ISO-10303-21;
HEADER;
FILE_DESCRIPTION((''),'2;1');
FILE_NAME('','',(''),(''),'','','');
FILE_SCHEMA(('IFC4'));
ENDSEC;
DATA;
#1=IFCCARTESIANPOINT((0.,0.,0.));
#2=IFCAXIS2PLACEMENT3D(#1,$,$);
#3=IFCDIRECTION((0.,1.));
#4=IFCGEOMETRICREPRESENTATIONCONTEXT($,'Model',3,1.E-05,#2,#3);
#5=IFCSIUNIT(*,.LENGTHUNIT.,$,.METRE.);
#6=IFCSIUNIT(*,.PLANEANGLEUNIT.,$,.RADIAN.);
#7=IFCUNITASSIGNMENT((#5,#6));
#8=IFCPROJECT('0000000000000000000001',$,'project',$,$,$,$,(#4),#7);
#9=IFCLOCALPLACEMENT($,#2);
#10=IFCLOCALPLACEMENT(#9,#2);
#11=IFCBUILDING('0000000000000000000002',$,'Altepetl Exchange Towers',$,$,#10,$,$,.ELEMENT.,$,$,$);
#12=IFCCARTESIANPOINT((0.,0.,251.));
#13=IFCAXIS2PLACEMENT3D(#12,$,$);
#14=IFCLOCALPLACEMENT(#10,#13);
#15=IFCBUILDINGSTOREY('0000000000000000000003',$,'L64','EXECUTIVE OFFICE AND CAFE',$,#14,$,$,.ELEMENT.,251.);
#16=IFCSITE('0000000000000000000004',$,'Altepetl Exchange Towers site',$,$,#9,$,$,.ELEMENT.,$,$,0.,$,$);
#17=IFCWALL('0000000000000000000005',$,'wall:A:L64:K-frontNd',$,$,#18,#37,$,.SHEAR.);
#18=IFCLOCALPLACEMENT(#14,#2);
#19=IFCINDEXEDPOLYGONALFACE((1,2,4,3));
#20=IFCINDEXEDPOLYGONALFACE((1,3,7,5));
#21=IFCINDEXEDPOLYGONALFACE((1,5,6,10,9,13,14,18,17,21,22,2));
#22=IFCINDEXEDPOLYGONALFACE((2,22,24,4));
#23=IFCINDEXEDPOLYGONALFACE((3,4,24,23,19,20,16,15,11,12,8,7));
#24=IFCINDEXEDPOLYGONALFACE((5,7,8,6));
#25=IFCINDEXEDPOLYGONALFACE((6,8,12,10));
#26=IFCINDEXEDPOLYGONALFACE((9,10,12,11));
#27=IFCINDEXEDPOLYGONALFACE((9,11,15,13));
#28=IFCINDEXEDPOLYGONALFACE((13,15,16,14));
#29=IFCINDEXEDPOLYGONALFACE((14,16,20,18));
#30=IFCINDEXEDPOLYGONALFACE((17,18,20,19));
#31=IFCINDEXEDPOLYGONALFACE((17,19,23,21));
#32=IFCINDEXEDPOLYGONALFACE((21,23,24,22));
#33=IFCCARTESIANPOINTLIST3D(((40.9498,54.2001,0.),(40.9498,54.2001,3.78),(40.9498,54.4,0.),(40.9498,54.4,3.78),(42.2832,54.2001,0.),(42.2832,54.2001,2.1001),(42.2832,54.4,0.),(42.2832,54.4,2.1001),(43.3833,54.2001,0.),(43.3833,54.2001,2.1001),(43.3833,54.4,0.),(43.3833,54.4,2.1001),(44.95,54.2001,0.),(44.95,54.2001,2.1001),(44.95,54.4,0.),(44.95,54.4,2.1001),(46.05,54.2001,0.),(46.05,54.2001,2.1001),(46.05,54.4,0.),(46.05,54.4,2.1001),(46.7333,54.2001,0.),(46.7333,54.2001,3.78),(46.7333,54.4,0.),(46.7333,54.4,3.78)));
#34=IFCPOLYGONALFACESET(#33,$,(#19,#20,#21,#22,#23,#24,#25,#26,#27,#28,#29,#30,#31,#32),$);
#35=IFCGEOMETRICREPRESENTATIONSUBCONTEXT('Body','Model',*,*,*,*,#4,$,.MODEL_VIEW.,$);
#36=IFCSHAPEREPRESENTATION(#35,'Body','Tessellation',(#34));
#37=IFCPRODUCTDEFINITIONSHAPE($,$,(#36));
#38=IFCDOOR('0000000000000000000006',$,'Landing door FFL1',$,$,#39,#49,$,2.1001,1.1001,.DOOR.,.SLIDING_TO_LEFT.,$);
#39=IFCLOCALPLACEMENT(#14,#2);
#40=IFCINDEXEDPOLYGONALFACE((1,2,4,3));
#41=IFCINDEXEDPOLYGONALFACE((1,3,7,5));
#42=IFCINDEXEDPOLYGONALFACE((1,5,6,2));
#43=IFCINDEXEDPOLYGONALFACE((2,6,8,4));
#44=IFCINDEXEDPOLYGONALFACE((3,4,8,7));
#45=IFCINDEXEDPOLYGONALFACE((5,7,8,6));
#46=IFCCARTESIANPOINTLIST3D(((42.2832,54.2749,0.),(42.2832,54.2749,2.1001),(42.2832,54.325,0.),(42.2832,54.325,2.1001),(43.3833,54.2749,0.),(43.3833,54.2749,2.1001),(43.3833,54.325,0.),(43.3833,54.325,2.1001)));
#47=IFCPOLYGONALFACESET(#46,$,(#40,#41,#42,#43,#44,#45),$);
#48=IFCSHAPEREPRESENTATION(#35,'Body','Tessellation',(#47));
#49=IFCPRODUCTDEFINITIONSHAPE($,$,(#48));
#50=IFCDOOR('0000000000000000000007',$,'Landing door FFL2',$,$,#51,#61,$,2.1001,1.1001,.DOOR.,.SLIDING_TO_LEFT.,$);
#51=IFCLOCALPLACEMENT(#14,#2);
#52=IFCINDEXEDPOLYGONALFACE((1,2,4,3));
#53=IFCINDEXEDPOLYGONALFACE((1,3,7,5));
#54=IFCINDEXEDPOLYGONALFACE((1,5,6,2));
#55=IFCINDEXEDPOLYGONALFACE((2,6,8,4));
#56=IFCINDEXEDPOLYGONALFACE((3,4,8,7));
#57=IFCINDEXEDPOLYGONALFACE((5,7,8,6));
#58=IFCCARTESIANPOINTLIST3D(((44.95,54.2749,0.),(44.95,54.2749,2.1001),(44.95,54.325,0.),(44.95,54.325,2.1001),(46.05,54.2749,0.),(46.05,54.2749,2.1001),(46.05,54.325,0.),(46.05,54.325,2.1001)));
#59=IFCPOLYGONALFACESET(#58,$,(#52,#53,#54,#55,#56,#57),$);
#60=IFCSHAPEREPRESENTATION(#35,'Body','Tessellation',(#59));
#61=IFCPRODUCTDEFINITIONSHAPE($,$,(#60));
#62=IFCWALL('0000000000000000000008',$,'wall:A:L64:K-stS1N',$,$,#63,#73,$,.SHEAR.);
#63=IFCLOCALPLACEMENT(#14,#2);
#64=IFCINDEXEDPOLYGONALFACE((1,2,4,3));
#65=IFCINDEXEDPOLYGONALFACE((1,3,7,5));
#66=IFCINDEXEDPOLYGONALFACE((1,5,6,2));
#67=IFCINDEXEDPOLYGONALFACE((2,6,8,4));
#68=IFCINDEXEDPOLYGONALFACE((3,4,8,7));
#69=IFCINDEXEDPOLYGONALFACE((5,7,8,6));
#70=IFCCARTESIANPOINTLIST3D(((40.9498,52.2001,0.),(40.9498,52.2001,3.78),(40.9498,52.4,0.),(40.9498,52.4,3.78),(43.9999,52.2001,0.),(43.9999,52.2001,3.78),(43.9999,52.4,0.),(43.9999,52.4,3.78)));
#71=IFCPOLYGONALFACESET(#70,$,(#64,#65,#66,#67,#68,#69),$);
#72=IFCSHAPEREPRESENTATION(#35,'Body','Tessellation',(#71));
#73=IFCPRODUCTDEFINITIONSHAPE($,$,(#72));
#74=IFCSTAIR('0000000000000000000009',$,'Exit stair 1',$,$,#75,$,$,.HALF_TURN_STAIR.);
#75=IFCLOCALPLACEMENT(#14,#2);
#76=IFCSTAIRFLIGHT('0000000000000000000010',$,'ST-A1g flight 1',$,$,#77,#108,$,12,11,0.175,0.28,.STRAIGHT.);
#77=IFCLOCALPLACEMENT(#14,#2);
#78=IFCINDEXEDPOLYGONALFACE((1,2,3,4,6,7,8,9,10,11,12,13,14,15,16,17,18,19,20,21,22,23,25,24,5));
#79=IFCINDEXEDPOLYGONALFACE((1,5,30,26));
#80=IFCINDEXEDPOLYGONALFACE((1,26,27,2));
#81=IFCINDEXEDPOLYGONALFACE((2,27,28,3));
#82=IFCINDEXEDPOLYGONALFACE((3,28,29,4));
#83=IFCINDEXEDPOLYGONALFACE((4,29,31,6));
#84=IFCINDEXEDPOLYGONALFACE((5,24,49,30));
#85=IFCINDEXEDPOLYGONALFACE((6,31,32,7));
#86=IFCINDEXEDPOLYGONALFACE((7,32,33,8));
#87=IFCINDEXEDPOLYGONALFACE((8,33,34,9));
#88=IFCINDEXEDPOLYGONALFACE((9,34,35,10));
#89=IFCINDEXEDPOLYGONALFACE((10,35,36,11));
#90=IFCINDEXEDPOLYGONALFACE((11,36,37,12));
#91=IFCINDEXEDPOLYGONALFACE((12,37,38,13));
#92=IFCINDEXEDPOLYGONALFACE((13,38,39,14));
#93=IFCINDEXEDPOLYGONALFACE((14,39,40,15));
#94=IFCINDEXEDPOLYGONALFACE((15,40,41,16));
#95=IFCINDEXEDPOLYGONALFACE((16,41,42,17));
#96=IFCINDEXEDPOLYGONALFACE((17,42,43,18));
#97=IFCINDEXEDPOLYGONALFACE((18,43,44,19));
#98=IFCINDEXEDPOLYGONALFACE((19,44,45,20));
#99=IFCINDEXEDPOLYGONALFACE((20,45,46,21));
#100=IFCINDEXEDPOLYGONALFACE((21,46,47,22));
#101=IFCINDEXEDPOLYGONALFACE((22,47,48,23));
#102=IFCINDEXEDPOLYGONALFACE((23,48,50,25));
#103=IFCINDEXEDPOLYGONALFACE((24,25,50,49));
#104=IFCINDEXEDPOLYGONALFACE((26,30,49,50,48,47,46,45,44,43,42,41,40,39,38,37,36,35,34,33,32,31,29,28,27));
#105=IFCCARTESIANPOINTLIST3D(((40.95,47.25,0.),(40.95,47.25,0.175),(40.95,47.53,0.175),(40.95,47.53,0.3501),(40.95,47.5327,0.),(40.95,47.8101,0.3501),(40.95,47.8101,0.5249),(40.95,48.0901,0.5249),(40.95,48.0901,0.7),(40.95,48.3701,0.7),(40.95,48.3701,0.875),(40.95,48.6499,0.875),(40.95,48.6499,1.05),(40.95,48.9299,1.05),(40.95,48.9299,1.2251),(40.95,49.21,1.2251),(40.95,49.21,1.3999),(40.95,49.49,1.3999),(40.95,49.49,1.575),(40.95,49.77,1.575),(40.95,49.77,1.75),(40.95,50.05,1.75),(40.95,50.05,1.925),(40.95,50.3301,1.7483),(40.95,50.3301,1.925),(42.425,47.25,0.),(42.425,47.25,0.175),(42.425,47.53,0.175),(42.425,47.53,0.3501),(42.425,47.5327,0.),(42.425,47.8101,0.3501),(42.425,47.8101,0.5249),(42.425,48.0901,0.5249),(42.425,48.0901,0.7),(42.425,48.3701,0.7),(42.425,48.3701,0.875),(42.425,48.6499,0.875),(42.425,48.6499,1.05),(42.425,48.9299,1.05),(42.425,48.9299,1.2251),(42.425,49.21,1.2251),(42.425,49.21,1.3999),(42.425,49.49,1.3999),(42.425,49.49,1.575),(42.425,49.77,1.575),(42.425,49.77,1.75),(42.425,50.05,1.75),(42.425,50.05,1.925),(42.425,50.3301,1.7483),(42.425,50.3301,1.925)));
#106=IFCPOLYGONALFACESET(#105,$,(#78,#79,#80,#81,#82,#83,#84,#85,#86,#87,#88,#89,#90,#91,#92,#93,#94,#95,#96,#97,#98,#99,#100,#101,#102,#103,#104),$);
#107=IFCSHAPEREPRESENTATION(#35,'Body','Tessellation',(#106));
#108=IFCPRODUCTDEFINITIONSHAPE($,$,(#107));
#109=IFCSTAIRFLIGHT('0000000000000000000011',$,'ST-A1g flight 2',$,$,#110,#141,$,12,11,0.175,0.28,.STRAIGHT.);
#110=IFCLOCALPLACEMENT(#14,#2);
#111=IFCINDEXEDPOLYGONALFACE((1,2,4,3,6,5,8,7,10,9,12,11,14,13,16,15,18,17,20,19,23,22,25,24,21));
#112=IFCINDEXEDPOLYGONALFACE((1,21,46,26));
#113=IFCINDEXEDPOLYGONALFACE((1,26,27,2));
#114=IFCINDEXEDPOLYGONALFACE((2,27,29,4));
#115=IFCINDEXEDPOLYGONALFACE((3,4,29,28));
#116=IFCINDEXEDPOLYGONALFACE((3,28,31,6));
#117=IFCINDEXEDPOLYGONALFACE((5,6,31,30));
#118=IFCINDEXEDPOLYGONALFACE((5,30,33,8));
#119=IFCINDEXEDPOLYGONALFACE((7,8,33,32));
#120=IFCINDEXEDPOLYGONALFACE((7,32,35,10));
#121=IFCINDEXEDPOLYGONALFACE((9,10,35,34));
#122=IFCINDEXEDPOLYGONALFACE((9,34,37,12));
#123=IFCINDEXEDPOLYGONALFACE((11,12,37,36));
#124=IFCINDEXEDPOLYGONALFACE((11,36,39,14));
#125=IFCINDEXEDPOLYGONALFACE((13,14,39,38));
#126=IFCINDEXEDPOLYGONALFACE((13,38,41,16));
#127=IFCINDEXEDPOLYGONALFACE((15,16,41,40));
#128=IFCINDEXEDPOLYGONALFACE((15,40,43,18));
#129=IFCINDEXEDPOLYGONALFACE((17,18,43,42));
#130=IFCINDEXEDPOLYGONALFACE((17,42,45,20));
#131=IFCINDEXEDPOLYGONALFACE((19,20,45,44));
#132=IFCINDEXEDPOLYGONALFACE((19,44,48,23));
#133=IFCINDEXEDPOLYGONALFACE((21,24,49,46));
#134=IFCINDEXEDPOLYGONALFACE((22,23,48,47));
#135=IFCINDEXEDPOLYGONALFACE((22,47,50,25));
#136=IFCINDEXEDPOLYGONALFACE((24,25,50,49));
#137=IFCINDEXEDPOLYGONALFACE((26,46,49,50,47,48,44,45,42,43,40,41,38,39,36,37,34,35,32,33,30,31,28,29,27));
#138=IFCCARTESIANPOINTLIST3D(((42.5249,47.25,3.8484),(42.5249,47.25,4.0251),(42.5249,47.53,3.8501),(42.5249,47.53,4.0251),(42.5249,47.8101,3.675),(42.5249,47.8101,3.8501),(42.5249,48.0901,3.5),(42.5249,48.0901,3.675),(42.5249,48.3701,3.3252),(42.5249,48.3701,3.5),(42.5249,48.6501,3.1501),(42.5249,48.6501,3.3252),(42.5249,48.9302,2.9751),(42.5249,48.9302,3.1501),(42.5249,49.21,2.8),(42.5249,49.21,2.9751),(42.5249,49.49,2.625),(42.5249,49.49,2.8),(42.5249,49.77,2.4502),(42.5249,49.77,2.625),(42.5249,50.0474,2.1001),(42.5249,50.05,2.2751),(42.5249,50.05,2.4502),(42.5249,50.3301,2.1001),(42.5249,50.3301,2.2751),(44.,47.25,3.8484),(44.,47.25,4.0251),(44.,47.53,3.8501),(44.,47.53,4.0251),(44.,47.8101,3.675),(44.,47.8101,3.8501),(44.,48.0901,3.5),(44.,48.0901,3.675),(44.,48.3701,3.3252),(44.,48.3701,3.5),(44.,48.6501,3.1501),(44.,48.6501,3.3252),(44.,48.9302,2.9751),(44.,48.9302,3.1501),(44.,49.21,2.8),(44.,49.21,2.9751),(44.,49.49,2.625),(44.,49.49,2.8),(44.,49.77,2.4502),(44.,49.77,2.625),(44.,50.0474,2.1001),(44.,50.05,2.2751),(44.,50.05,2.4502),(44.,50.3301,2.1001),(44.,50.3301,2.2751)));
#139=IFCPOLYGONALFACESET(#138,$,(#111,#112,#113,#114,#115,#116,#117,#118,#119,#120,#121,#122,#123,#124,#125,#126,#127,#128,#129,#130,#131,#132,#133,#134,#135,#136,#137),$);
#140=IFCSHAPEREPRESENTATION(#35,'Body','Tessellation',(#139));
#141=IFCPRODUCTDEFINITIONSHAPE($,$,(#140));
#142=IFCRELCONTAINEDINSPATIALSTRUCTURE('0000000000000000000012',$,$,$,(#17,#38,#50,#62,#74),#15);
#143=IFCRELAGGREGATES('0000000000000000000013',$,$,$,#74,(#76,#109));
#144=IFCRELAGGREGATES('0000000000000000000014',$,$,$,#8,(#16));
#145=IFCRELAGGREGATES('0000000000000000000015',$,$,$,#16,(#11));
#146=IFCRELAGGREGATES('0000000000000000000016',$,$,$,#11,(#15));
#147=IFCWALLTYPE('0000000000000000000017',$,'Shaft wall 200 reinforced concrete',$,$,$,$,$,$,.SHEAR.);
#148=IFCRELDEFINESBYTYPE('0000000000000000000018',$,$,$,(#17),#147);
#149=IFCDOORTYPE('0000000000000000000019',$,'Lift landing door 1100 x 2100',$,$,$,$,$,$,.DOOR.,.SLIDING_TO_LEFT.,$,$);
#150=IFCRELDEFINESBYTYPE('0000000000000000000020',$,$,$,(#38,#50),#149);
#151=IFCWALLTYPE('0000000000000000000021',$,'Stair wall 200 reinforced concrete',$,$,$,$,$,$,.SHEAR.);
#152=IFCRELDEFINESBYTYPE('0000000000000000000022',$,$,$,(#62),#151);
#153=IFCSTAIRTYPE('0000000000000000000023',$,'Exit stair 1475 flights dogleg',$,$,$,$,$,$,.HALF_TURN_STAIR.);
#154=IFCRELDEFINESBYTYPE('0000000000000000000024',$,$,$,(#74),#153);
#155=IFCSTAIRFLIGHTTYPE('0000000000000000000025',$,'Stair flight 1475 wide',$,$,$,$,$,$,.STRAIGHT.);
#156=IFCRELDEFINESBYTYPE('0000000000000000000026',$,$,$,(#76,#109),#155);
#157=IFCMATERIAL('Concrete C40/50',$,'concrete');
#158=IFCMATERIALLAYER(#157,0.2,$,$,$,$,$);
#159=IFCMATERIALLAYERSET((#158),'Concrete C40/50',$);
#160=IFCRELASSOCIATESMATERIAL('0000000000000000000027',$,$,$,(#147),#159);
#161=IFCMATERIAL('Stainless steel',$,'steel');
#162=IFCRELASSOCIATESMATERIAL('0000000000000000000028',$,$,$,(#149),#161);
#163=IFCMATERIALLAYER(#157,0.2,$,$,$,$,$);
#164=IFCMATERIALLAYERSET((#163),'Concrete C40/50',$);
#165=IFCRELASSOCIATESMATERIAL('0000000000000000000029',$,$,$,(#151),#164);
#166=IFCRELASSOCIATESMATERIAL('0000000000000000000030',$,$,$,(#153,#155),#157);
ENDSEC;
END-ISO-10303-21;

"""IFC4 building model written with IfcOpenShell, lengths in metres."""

from ifc_helpers import new_model, si_unit, direction, frame, frame_2d, origin, place, context, subcontext, project, spatial, polyline, rectangle, outline, extrude, material, layer, layer_set, type_object, element, fill, aggregate, save


model = new_model("IFC4")

# Units and contexts
model_context = context("Model", 3, precision=1e-05, world=origin(), true_north=direction((0.0, 1.0)))
body_context = subcontext(model_context, "Body", "Model", "MODEL_VIEW")
ifc_project = project(units=[si_unit("LENGTHUNIT", "METRE"), si_unit("PLANEANGLEUNIT", "RADIAN")], contexts=[model_context])

# Site, building, storey
site_placement = place(None, origin())
site = spatial("IfcSite", under=ifc_project, at=site_placement, Name="Altepetl Exchange Towers site", CompositionType="ELEMENT", RefElevation=0.0)
building_placement = place(site_placement, origin())
building = spatial("IfcBuilding", under=site, at=building_placement, Name="Altepetl Exchange Towers", CompositionType="ELEMENT")
storey_placement = place(building_placement, frame((0.0, 0.0, 251.0)))
storey = spatial("IfcBuildingStorey", under=building, at=storey_placement, Name="L64", Description="EXECUTIVE OFFICE AND CAFE", CompositionType="ELEMENT", Elevation=251.0)

# Wall, openings, doors
ifc_material_1 = material(Name="Concrete C40/50", Category="concrete")
ifc_layer_1 = layer(ifc_material_1, 0.2)
ifc_layer_set_1 = layer_set([ifc_layer_1], Name="Concrete C40/50")
wall_type_1 = type_object("IfcWallType", Name="Shaft wall 200 reinforced concrete", PredefinedType="SHEAR", material=ifc_layer_set_1)
wall_1_placement = place(storey_placement, frame((40.95, 54.3, 0.0)))
wall_1 = element("IfcWall", 1, at=wall_1_placement, inside=storey, type_object=wall_type_1, Name="wall:A:L64:K-frontNd", PredefinedType="SHEAR", context=body_context, shape_type="SweptSolid", body=[
    extrude(rectangle(XDim=5.7834, YDim=0.2, at=frame_2d((2.8916, 0.0))), origin(), (0.0, 0.0, 1.0), 3.78),
])
opening_1_placement = place(wall_1_placement, frame((1.3333, 0.0, 0.0)))
opening_1 = element("IfcOpeningElement", 2, at=opening_1_placement, cuts=wall_1, PredefinedType="OPENING", context=body_context, shape_type="SweptSolid", body=[
    extrude(rectangle(XDim=1.1001, YDim=2.1001, at=frame_2d((0.55, 1.05))), frame((0.0, 0.1099, 0.0), z_axis=(0.0, -1.0, 0.0), x_axis=(1.0, 0.0, 0.0)), (0.0, 0.0, 1.0), 0.22),
])
opening_2_placement = place(wall_1_placement, frame((4.0, 0.0, 0.0)))
opening_2 = element("IfcOpeningElement", 3, at=opening_2_placement, cuts=wall_1, PredefinedType="OPENING", context=body_context, shape_type="SweptSolid", body=[
    extrude(rectangle(XDim=1.1001, YDim=2.1001, at=frame_2d((0.55, 1.05))), frame((0.0, 0.1099, 0.0), z_axis=(0.0, -1.0, 0.0), x_axis=(1.0, 0.0, 0.0)), (0.0, 0.0, 1.0), 0.22),
])
ifc_material_2 = material(Name="Stainless steel", Category="steel")
door_type_1 = type_object("IfcDoorType", Name="Lift landing door 1100 x 2100", OperationType="SLIDING_TO_LEFT", PredefinedType="DOOR", material=ifc_material_2)
door_1_placement = place(opening_1_placement, origin())
door_1 = element("IfcDoor", 4, at=door_1_placement, inside=storey, type_object=door_type_1, Name="Landing door FFL1", OperationType="SLIDING_TO_LEFT", OverallHeight=2.1001, OverallWidth=1.1001, PredefinedType="DOOR", context=body_context, shape_type="SweptSolid", body=[
    extrude(rectangle(XDim=1.1001, YDim=2.1001, at=frame_2d((0.55, 1.05))), frame((0.0, 0.0249, 0.0), z_axis=(0.0, -1.0, 0.0), x_axis=(1.0, 0.0, 0.0)), (0.0, 0.0, 1.0), 0.05),
])
fill(opening_1, door_1)
door_2_placement = place(opening_2_placement, origin())
door_2 = element("IfcDoor", 5, at=door_2_placement, inside=storey, type_object=door_type_1, Name="Landing door FFL2", OperationType="SLIDING_TO_LEFT", OverallHeight=2.1001, OverallWidth=1.1001, PredefinedType="DOOR", context=body_context, shape_type="SweptSolid", body=[
    extrude(rectangle(XDim=1.1001, YDim=2.1001, at=frame_2d((0.55, 1.05))), frame((0.0, 0.0249, 0.0), z_axis=(0.0, -1.0, 0.0), x_axis=(1.0, 0.0, 0.0)), (0.0, 0.0, 1.0), 0.05),
])
fill(opening_2, door_2)

# Wall
ifc_layer_2 = layer(ifc_material_1, 0.2)
ifc_layer_set_2 = layer_set([ifc_layer_2], Name="Concrete C40/50")
wall_type_2 = type_object("IfcWallType", Name="Stair wall 200 reinforced concrete", PredefinedType="SHEAR", material=ifc_layer_set_2)
wall_2_placement = place(storey_placement, frame((40.95, 52.3, 0.0)))
element("IfcWall", 6, at=wall_2_placement, inside=storey, type_object=wall_type_2, Name="wall:A:L64:K-stS1N", PredefinedType="SHEAR", context=body_context, shape_type="SweptSolid", body=[
    extrude(rectangle(XDim=3.05, YDim=0.2, at=frame_2d((1.5249, 0.0))), origin(), (0.0, 0.0, 1.0), 3.78),
])

# Stair, stair flights
stair_type = type_object("IfcStairType", Name="Exit stair 1475 flights dogleg", PredefinedType="HALF_TURN_STAIR", material=ifc_material_1)
stair_placement = place(storey_placement, origin())
stair = element("IfcStair", 7, at=stair_placement, inside=storey, type_object=stair_type, Name="Exit stair 1", PredefinedType="HALF_TURN_STAIR")
stair_flight_type = type_object("IfcStairFlightType", Name="Stair flight 1475 wide", PredefinedType="STRAIGHT", material=ifc_material_1)
stair_flight_1_placement = place(storey_placement, frame((41.6875, 47.25, 0.0), z_axis=(0.0, 0.0, 1.0), x_axis=(0.0, 1.0, 0.0)))
stair_flight_1 = element("IfcStairFlight", 8, at=stair_flight_1_placement, type_object=stair_flight_type, Name="ST-A1g flight 1", NumberOfRisers=12, NumberOfTreads=11, PredefinedType="STRAIGHT", RiserHeight=0.175, TreadLength=0.28, context=body_context, shape_type="SweptSolid", body=[
    extrude(outline(polyline([(0.0, 0.0), (0.0, 0.175), (0.28, 0.175), (0.28, 0.3501), (0.5601, 0.3501), (0.5601, 0.5249), (0.8401, 0.5249), (0.8401, 0.7), (1.1201, 0.7), (1.1201, 0.875), (1.3999, 0.875), (1.3999, 1.05), (1.6799, 1.05), (1.6799, 1.2251), (1.96, 1.2251), (1.96, 1.3999), (2.24, 1.3999), (2.24, 1.575), (2.52, 1.575), (2.52, 1.75), (2.8, 1.75), (2.8, 1.925), (3.0801, 1.925), (3.0801, 2.1001), (3.0801, 1.7483), (0.2827, 0.0), (0.0, 0.0)])), frame((0.0, 0.7375, 0.0), z_axis=(0.0, -1.0, 0.0), x_axis=(1.0, 0.0, 0.0)), (0.0, 0.0, 1.0), 1.4751),
])
stair_flight_2_placement = place(storey_placement, frame((43.2625, 50.3301, 2.1001), z_axis=(0.0, 0.0, 1.0), x_axis=(0.0, -1.0, 0.0)))
stair_flight_2 = element("IfcStairFlight", 9, at=stair_flight_2_placement, type_object=stair_flight_type, Name="ST-A1g flight 2", NumberOfRisers=12, NumberOfTreads=11, PredefinedType="STRAIGHT", RiserHeight=0.175, TreadLength=0.28, context=body_context, shape_type="SweptSolid", body=[
    extrude(outline(polyline([(0.0, 0.0), (0.0, 0.175), (0.28, 0.175), (0.28, 0.3501), (0.5601, 0.3501), (0.5601, 0.5249), (0.8401, 0.5249), (0.8401, 0.7), (1.1201, 0.7), (1.1201, 0.875), (1.3999, 0.875), (1.3999, 1.05), (1.6799, 1.05), (1.6799, 1.2251), (1.96, 1.2251), (1.96, 1.3999), (2.24, 1.3999), (2.24, 1.575), (2.52, 1.575), (2.52, 1.75), (2.8, 1.75), (2.8, 1.925), (3.0801, 1.925), (3.0801, 2.1001), (3.0801, 1.7483), (0.2827, 0.0), (0.0, 0.0)])), frame((0.0, 0.7375, 0.0), z_axis=(0.0, -1.0, 0.0), x_axis=(1.0, 0.0, 0.0)), (0.0, 0.0, 1.0), 1.4751),
])
aggregate(stair, [stair_flight_1, stair_flight_2])

save(model, "model.ifc")
